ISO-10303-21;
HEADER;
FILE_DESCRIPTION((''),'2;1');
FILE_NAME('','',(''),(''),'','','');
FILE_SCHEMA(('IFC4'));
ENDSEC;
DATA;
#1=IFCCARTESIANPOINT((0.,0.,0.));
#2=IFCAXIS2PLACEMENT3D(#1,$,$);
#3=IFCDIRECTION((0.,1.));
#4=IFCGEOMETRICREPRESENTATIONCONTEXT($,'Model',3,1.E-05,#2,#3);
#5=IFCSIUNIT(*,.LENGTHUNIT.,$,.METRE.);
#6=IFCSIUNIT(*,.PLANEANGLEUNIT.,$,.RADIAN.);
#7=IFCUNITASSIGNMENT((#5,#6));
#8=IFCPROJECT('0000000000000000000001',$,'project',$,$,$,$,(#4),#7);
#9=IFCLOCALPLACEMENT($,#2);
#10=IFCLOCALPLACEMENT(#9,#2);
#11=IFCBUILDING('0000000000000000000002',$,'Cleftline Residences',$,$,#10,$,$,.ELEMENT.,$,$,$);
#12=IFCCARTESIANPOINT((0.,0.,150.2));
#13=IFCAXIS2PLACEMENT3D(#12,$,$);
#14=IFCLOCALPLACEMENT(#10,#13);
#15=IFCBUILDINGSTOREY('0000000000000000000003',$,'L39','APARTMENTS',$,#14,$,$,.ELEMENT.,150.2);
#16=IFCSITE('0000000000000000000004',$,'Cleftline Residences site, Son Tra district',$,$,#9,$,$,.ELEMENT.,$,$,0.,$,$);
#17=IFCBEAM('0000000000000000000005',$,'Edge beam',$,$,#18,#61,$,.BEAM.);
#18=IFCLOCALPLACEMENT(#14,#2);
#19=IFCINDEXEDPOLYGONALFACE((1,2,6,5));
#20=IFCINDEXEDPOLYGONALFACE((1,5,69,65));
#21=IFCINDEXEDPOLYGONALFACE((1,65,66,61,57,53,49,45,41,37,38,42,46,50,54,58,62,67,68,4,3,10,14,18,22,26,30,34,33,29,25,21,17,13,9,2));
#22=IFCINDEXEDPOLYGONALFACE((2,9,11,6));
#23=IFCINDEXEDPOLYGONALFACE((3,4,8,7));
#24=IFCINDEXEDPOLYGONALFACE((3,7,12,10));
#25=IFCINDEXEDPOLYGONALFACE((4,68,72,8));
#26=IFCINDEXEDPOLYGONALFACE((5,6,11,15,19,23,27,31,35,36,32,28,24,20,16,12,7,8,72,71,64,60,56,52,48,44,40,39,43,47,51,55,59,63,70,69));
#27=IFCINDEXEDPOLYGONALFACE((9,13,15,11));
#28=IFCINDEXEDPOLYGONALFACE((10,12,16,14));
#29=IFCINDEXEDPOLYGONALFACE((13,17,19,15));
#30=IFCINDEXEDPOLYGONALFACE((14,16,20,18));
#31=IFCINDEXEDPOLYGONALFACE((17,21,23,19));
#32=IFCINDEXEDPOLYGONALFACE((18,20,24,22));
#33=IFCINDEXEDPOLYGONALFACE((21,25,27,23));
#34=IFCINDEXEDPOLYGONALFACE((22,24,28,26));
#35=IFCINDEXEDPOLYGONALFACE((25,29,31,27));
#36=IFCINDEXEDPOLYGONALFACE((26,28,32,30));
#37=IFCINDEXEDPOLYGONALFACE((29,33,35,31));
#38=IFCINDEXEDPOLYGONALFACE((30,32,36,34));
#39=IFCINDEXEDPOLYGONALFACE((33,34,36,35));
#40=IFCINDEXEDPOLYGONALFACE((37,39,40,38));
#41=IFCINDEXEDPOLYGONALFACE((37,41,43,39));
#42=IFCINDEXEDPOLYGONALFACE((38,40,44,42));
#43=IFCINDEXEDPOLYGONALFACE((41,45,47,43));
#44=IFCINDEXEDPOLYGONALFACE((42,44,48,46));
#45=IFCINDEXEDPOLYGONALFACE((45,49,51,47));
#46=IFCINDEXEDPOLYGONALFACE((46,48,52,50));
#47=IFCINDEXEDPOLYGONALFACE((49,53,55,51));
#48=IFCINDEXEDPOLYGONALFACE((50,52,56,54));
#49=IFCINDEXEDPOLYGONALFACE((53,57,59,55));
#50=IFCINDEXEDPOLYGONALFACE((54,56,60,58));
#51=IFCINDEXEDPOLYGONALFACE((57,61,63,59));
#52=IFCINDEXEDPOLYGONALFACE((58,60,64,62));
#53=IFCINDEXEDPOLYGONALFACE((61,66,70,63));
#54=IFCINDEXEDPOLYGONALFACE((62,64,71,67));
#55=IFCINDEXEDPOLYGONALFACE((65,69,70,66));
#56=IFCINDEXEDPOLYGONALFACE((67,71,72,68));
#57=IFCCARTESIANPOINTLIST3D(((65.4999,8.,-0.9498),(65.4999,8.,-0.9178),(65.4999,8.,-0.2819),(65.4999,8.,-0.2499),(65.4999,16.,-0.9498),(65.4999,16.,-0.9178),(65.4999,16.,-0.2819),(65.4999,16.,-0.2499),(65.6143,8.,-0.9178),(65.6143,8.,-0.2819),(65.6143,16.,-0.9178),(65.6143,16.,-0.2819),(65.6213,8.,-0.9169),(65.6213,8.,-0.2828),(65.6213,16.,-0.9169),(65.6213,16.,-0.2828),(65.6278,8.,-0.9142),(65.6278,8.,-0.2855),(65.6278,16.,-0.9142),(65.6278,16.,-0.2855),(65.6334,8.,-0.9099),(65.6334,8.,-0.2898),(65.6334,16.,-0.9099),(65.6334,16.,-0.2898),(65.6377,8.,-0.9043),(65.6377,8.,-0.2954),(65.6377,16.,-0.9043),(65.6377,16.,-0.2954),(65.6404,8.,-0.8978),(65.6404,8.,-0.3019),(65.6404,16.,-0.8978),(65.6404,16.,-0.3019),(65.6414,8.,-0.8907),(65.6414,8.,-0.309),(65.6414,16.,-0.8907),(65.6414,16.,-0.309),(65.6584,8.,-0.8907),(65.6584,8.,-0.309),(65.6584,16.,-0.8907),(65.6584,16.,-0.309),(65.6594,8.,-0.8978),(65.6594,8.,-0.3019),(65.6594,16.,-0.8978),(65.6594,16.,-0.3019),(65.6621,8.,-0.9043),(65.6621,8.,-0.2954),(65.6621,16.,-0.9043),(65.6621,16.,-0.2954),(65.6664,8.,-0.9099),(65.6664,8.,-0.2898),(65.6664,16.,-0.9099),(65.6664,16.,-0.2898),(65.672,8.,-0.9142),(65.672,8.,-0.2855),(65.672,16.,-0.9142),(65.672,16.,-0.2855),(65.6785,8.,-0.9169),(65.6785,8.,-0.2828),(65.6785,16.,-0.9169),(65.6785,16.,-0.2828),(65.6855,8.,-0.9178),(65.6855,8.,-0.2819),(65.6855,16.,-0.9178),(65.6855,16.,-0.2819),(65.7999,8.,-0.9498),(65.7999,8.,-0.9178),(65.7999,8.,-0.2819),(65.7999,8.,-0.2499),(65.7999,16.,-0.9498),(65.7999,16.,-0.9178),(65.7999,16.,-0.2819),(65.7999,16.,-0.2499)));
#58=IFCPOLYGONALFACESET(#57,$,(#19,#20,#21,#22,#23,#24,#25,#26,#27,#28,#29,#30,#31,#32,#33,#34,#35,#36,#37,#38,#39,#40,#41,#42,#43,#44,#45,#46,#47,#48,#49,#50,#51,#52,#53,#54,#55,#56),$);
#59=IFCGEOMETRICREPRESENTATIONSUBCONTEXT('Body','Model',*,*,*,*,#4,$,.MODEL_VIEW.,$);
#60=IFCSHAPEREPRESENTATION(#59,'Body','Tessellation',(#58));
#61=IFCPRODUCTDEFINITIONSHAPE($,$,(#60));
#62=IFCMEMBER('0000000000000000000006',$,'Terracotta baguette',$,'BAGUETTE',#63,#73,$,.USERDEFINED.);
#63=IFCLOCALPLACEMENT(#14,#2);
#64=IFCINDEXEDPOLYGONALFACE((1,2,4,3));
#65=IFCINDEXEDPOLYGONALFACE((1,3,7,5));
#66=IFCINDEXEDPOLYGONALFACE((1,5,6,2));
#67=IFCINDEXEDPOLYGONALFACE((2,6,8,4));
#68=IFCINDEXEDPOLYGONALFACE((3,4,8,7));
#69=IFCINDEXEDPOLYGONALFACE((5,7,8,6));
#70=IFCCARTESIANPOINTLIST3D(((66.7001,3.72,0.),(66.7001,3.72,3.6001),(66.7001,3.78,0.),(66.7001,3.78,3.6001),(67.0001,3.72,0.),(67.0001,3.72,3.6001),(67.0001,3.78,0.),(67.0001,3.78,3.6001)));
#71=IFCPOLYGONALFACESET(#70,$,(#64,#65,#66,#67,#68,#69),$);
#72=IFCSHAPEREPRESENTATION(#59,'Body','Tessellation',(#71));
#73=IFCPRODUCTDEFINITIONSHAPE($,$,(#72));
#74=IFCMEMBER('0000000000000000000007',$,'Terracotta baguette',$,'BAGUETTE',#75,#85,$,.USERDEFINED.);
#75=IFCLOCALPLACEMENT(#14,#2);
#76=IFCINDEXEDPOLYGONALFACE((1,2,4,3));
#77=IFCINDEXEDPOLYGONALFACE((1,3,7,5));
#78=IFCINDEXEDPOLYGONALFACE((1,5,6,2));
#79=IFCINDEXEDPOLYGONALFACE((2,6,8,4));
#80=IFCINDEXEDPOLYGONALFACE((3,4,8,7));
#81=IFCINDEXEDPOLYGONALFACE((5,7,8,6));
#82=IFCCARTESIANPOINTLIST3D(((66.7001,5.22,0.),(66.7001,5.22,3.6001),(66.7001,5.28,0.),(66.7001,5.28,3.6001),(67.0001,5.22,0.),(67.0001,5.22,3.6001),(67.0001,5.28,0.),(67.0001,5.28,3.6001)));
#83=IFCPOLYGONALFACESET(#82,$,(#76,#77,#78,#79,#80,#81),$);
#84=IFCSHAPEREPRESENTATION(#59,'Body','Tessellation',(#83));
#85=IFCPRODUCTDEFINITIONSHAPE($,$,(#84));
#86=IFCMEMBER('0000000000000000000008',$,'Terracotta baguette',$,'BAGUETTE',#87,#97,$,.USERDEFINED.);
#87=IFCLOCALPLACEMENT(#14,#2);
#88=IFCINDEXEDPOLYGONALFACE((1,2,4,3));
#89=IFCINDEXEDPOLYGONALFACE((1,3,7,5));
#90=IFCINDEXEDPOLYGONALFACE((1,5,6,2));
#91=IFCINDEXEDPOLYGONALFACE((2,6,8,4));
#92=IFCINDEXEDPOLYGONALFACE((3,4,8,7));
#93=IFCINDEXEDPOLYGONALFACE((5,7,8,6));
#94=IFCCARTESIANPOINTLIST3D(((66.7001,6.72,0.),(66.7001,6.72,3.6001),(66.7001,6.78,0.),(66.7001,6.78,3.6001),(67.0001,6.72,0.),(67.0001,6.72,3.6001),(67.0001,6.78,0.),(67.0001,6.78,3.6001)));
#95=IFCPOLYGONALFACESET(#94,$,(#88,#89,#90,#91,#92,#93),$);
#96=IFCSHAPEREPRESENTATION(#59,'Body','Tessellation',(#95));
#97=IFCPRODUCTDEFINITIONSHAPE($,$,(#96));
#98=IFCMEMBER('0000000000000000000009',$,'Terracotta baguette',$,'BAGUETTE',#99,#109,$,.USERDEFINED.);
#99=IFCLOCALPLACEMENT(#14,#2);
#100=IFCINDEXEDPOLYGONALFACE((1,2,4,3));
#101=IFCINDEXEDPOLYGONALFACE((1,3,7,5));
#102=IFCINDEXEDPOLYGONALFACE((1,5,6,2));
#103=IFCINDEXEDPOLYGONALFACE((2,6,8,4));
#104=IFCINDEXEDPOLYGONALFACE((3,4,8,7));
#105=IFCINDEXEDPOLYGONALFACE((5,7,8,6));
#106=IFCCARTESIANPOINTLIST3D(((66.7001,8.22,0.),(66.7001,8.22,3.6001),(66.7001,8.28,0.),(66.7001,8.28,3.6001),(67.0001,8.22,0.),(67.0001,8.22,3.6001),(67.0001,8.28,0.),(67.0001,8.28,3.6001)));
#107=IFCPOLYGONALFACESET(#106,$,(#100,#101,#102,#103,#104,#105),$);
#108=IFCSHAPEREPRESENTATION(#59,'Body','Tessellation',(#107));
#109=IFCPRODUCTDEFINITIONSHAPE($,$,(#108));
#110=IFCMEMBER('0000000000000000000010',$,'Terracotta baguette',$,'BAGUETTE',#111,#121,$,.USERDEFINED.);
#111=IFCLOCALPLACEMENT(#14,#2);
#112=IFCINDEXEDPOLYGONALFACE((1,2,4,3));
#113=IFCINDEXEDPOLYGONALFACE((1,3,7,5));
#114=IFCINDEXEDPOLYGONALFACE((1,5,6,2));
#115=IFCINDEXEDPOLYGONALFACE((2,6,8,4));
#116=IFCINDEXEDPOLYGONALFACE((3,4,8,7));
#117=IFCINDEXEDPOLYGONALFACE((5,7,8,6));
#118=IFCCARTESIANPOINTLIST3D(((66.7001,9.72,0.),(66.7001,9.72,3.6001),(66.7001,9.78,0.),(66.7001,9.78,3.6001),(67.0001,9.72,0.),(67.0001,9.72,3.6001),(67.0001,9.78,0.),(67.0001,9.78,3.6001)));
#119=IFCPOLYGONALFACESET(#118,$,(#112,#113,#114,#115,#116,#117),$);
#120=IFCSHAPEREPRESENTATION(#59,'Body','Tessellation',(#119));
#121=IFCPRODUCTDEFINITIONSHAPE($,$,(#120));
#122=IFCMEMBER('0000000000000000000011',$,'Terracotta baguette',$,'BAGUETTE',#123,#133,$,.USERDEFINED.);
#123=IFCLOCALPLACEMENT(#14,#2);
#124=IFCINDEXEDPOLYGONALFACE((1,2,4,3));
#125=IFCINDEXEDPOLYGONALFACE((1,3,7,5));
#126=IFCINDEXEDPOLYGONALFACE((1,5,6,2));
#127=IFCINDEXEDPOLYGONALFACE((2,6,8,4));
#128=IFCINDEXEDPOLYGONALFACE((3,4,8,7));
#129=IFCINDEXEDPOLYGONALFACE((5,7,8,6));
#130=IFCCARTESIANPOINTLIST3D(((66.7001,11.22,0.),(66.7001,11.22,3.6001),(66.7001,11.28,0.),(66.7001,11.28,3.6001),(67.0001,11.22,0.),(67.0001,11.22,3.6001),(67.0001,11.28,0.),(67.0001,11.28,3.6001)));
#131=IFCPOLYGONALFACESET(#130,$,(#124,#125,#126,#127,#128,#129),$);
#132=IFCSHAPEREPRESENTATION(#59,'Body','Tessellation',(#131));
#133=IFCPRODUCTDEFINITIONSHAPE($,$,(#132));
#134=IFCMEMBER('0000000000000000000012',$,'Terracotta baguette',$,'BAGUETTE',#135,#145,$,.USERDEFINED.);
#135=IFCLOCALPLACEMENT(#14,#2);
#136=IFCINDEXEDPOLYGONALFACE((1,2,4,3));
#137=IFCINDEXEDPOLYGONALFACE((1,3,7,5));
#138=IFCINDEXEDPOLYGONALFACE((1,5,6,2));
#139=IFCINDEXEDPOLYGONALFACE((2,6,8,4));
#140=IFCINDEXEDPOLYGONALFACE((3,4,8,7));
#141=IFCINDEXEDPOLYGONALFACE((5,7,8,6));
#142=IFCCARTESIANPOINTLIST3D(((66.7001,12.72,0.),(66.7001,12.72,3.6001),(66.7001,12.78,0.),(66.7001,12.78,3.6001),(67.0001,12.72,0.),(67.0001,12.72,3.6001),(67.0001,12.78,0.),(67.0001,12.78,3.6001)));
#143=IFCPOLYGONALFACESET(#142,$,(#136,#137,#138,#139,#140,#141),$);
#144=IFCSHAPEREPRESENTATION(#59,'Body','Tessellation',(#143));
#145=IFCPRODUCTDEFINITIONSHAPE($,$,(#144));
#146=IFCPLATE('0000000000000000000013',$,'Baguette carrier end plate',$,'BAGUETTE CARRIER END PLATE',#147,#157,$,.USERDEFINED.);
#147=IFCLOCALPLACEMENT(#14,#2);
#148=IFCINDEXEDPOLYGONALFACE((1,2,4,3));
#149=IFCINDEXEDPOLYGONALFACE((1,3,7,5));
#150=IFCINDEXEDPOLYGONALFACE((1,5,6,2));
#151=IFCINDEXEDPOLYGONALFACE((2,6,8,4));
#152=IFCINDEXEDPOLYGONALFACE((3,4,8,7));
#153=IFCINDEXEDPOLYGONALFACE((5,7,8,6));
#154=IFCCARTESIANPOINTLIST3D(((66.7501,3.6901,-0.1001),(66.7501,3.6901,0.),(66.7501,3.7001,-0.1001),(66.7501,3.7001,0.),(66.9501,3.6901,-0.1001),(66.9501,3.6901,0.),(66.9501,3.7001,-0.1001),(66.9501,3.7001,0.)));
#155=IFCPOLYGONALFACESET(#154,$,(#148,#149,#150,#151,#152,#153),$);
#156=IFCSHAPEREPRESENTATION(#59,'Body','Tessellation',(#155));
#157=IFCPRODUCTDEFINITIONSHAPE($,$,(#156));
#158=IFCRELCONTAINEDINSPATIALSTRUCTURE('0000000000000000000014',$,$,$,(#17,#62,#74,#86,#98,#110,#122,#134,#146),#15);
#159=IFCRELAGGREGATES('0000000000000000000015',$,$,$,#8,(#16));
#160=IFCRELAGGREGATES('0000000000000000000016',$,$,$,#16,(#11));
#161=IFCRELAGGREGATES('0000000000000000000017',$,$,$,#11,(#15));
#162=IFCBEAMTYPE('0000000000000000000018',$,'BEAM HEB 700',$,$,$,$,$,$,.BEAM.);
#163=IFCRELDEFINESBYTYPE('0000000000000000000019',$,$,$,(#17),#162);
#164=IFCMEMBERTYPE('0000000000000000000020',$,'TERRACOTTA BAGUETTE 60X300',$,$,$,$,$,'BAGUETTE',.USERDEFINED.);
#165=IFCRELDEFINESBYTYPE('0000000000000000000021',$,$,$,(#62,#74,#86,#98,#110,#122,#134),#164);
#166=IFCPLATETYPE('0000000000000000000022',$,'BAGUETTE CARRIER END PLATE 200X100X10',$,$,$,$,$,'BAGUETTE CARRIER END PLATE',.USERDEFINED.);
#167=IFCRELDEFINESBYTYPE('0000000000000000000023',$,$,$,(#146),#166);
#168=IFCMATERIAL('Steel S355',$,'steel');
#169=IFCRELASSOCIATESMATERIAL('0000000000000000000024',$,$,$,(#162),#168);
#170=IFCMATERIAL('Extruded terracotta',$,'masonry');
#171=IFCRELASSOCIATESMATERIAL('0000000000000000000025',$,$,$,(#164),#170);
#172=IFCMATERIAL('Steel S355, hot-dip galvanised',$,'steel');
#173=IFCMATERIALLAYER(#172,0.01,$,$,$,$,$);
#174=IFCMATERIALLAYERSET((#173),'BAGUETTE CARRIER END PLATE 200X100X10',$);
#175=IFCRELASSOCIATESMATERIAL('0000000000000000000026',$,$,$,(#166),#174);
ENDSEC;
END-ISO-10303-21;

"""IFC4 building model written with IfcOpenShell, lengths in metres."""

from ifc_helpers import new_model, si_unit, direction, frame, origin, origin_2d, place, context, subcontext, project, spatial, rectangle, i_section, extrude, material, layer, layer_set, material_profile, profile_set, type_object, element, save


model = new_model("IFC4")

# Units and contexts
model_context = context("Model", 3, precision=1e-05, world=origin(), true_north=direction((0.0, 1.0)))
body_context = subcontext(model_context, "Body", "Model", "MODEL_VIEW")
ifc_project = project(units=[si_unit("LENGTHUNIT", "METRE"), si_unit("PLANEANGLEUNIT", "RADIAN")], contexts=[model_context])

# Site, building, storey
site_placement = place(None, origin())
site = spatial("IfcSite", under=ifc_project, at=site_placement, Name="Cleftline Residences site, Son Tra district", CompositionType="ELEMENT", RefElevation=0.0)
building_placement = place(site_placement, origin())
building = spatial("IfcBuilding", under=site, at=building_placement, Name="Cleftline Residences", CompositionType="ELEMENT")
storey_placement = place(building_placement, frame((0.0, 0.0, 150.2)))
storey = spatial("IfcBuildingStorey", under=building, at=storey_placement, Name="L39", Description="APARTMENTS", CompositionType="ELEMENT", Elevation=150.2)

# Beam
ifc_material_1 = material(Name="Steel S355", Category="steel")
ifc_material_profile_1 = material_profile(ifc_material_1, i_section(OverallWidth=0.3, OverallDepth=0.7, WebThickness=0.0171, FlangeThickness=0.032, FilletRadius=0.0271, at=origin_2d()))
ifc_profile_set_1 = profile_set([ifc_material_profile_1], Name="Steel S355")
beam_type = type_object("IfcBeamType", Name="BEAM HEB 700", PredefinedType="BEAM", material=ifc_profile_set_1)
beam_placement = place(storey_placement, frame((65.6499, 8.0, -0.5999), z_axis=(0.0, 1.0, 0.0), x_axis=(-1.0, 0.0, 0.0)))
element("IfcBeam", 1, at=beam_placement, inside=storey, type_object=beam_type, Name="Edge beam", PredefinedType="BEAM", context=body_context, shape_type="SweptSolid", body=[
    extrude(i_section(OverallWidth=0.3, OverallDepth=0.7, WebThickness=0.0171, FlangeThickness=0.032, FilletRadius=0.0271, at=origin_2d()), origin(), (0.0, 0.0, 1.0), 8.0),
])

# Members
ifc_material_2 = material(Name="Extruded terracotta", Category="masonry")
ifc_material_profile_2 = material_profile(ifc_material_2, rectangle(XDim=0.0601, YDim=0.3, at=origin_2d()))
ifc_profile_set_2 = profile_set([ifc_material_profile_2], Name="Extruded terracotta")
member_type_1 = type_object("IfcMemberType", Name="TERRACOTTA BAGUETTE 60X300", ElementType="BAGUETTE", PredefinedType="USERDEFINED", material=ifc_profile_set_2)
for number, where, z_axis, x_axis, name in (
    (2, (66.8501, 3.75, 0.0), (0.0, 0.0, 1.0), (0.0, 1.0, 0.0), "Terracotta baguette"),
    (3, (66.8501, 5.25, 0.0), (0.0, 0.0, 1.0), (0.0, 1.0, 0.0), "Terracotta baguette"),
    (4, (66.8501, 6.75, 0.0), (0.0, 0.0, 1.0), (0.0, 1.0, 0.0), "Terracotta baguette"),
    (5, (66.8501, 8.25, 0.0), (0.0, 0.0, 1.0), (0.0, 1.0, 0.0), "Terracotta baguette"),
    (6, (66.8501, 9.75, 0.0), (0.0, 0.0, 1.0), (0.0, 1.0, 0.0), "Terracotta baguette"),
    (7, (66.8501, 11.25, 0.0), (0.0, 0.0, 1.0), (0.0, 1.0, 0.0), "Terracotta baguette"),
    (8, (66.8501, 12.75, 0.0), (0.0, 0.0, 1.0), (0.0, 1.0, 0.0), "Terracotta baguette"),
):
    element("IfcMember", number, at=place(storey_placement, frame(where, z_axis=z_axis, x_axis=x_axis)), inside=storey, type_object=member_type_1, Name=name, ObjectType="BAGUETTE", PredefinedType="USERDEFINED", context=body_context, shape_type="SweptSolid", body=[
        extrude(rectangle(XDim=0.0601, YDim=0.3, at=origin_2d()), origin(), (0.0, 0.0, 1.0), 3.6001),
    ])

# Plate
ifc_material_3 = material(Name="Steel S355, hot-dip galvanised", Category="steel")
ifc_layer_1 = layer(ifc_material_3, 0.01)
ifc_layer_set_1 = layer_set([ifc_layer_1], Name="BAGUETTE CARRIER END PLATE 200X100X10")
plate_type = type_object("IfcPlateType", Name="BAGUETTE CARRIER END PLATE 200X100X10", ElementType="BAGUETTE CARRIER END PLATE", PredefinedType="USERDEFINED", material=ifc_layer_set_1)
plate_placement = place(storey_placement, frame((66.8501, 3.6951, -0.1001), z_axis=(0.0, 0.0, 1.0), x_axis=(1.0, 0.0, 0.0)))
element("IfcPlate", 9, at=plate_placement, inside=storey, type_object=plate_type, Name="Baguette carrier end plate", ObjectType="BAGUETTE CARRIER END PLATE", PredefinedType="USERDEFINED", context=body_context, shape_type="SweptSolid", body=[
    extrude(rectangle(XDim=0.2, YDim=0.01, at=origin_2d()), origin(), (0.0, 0.0, 1.0), 0.1001),
])

save(model, "model.ifc")
